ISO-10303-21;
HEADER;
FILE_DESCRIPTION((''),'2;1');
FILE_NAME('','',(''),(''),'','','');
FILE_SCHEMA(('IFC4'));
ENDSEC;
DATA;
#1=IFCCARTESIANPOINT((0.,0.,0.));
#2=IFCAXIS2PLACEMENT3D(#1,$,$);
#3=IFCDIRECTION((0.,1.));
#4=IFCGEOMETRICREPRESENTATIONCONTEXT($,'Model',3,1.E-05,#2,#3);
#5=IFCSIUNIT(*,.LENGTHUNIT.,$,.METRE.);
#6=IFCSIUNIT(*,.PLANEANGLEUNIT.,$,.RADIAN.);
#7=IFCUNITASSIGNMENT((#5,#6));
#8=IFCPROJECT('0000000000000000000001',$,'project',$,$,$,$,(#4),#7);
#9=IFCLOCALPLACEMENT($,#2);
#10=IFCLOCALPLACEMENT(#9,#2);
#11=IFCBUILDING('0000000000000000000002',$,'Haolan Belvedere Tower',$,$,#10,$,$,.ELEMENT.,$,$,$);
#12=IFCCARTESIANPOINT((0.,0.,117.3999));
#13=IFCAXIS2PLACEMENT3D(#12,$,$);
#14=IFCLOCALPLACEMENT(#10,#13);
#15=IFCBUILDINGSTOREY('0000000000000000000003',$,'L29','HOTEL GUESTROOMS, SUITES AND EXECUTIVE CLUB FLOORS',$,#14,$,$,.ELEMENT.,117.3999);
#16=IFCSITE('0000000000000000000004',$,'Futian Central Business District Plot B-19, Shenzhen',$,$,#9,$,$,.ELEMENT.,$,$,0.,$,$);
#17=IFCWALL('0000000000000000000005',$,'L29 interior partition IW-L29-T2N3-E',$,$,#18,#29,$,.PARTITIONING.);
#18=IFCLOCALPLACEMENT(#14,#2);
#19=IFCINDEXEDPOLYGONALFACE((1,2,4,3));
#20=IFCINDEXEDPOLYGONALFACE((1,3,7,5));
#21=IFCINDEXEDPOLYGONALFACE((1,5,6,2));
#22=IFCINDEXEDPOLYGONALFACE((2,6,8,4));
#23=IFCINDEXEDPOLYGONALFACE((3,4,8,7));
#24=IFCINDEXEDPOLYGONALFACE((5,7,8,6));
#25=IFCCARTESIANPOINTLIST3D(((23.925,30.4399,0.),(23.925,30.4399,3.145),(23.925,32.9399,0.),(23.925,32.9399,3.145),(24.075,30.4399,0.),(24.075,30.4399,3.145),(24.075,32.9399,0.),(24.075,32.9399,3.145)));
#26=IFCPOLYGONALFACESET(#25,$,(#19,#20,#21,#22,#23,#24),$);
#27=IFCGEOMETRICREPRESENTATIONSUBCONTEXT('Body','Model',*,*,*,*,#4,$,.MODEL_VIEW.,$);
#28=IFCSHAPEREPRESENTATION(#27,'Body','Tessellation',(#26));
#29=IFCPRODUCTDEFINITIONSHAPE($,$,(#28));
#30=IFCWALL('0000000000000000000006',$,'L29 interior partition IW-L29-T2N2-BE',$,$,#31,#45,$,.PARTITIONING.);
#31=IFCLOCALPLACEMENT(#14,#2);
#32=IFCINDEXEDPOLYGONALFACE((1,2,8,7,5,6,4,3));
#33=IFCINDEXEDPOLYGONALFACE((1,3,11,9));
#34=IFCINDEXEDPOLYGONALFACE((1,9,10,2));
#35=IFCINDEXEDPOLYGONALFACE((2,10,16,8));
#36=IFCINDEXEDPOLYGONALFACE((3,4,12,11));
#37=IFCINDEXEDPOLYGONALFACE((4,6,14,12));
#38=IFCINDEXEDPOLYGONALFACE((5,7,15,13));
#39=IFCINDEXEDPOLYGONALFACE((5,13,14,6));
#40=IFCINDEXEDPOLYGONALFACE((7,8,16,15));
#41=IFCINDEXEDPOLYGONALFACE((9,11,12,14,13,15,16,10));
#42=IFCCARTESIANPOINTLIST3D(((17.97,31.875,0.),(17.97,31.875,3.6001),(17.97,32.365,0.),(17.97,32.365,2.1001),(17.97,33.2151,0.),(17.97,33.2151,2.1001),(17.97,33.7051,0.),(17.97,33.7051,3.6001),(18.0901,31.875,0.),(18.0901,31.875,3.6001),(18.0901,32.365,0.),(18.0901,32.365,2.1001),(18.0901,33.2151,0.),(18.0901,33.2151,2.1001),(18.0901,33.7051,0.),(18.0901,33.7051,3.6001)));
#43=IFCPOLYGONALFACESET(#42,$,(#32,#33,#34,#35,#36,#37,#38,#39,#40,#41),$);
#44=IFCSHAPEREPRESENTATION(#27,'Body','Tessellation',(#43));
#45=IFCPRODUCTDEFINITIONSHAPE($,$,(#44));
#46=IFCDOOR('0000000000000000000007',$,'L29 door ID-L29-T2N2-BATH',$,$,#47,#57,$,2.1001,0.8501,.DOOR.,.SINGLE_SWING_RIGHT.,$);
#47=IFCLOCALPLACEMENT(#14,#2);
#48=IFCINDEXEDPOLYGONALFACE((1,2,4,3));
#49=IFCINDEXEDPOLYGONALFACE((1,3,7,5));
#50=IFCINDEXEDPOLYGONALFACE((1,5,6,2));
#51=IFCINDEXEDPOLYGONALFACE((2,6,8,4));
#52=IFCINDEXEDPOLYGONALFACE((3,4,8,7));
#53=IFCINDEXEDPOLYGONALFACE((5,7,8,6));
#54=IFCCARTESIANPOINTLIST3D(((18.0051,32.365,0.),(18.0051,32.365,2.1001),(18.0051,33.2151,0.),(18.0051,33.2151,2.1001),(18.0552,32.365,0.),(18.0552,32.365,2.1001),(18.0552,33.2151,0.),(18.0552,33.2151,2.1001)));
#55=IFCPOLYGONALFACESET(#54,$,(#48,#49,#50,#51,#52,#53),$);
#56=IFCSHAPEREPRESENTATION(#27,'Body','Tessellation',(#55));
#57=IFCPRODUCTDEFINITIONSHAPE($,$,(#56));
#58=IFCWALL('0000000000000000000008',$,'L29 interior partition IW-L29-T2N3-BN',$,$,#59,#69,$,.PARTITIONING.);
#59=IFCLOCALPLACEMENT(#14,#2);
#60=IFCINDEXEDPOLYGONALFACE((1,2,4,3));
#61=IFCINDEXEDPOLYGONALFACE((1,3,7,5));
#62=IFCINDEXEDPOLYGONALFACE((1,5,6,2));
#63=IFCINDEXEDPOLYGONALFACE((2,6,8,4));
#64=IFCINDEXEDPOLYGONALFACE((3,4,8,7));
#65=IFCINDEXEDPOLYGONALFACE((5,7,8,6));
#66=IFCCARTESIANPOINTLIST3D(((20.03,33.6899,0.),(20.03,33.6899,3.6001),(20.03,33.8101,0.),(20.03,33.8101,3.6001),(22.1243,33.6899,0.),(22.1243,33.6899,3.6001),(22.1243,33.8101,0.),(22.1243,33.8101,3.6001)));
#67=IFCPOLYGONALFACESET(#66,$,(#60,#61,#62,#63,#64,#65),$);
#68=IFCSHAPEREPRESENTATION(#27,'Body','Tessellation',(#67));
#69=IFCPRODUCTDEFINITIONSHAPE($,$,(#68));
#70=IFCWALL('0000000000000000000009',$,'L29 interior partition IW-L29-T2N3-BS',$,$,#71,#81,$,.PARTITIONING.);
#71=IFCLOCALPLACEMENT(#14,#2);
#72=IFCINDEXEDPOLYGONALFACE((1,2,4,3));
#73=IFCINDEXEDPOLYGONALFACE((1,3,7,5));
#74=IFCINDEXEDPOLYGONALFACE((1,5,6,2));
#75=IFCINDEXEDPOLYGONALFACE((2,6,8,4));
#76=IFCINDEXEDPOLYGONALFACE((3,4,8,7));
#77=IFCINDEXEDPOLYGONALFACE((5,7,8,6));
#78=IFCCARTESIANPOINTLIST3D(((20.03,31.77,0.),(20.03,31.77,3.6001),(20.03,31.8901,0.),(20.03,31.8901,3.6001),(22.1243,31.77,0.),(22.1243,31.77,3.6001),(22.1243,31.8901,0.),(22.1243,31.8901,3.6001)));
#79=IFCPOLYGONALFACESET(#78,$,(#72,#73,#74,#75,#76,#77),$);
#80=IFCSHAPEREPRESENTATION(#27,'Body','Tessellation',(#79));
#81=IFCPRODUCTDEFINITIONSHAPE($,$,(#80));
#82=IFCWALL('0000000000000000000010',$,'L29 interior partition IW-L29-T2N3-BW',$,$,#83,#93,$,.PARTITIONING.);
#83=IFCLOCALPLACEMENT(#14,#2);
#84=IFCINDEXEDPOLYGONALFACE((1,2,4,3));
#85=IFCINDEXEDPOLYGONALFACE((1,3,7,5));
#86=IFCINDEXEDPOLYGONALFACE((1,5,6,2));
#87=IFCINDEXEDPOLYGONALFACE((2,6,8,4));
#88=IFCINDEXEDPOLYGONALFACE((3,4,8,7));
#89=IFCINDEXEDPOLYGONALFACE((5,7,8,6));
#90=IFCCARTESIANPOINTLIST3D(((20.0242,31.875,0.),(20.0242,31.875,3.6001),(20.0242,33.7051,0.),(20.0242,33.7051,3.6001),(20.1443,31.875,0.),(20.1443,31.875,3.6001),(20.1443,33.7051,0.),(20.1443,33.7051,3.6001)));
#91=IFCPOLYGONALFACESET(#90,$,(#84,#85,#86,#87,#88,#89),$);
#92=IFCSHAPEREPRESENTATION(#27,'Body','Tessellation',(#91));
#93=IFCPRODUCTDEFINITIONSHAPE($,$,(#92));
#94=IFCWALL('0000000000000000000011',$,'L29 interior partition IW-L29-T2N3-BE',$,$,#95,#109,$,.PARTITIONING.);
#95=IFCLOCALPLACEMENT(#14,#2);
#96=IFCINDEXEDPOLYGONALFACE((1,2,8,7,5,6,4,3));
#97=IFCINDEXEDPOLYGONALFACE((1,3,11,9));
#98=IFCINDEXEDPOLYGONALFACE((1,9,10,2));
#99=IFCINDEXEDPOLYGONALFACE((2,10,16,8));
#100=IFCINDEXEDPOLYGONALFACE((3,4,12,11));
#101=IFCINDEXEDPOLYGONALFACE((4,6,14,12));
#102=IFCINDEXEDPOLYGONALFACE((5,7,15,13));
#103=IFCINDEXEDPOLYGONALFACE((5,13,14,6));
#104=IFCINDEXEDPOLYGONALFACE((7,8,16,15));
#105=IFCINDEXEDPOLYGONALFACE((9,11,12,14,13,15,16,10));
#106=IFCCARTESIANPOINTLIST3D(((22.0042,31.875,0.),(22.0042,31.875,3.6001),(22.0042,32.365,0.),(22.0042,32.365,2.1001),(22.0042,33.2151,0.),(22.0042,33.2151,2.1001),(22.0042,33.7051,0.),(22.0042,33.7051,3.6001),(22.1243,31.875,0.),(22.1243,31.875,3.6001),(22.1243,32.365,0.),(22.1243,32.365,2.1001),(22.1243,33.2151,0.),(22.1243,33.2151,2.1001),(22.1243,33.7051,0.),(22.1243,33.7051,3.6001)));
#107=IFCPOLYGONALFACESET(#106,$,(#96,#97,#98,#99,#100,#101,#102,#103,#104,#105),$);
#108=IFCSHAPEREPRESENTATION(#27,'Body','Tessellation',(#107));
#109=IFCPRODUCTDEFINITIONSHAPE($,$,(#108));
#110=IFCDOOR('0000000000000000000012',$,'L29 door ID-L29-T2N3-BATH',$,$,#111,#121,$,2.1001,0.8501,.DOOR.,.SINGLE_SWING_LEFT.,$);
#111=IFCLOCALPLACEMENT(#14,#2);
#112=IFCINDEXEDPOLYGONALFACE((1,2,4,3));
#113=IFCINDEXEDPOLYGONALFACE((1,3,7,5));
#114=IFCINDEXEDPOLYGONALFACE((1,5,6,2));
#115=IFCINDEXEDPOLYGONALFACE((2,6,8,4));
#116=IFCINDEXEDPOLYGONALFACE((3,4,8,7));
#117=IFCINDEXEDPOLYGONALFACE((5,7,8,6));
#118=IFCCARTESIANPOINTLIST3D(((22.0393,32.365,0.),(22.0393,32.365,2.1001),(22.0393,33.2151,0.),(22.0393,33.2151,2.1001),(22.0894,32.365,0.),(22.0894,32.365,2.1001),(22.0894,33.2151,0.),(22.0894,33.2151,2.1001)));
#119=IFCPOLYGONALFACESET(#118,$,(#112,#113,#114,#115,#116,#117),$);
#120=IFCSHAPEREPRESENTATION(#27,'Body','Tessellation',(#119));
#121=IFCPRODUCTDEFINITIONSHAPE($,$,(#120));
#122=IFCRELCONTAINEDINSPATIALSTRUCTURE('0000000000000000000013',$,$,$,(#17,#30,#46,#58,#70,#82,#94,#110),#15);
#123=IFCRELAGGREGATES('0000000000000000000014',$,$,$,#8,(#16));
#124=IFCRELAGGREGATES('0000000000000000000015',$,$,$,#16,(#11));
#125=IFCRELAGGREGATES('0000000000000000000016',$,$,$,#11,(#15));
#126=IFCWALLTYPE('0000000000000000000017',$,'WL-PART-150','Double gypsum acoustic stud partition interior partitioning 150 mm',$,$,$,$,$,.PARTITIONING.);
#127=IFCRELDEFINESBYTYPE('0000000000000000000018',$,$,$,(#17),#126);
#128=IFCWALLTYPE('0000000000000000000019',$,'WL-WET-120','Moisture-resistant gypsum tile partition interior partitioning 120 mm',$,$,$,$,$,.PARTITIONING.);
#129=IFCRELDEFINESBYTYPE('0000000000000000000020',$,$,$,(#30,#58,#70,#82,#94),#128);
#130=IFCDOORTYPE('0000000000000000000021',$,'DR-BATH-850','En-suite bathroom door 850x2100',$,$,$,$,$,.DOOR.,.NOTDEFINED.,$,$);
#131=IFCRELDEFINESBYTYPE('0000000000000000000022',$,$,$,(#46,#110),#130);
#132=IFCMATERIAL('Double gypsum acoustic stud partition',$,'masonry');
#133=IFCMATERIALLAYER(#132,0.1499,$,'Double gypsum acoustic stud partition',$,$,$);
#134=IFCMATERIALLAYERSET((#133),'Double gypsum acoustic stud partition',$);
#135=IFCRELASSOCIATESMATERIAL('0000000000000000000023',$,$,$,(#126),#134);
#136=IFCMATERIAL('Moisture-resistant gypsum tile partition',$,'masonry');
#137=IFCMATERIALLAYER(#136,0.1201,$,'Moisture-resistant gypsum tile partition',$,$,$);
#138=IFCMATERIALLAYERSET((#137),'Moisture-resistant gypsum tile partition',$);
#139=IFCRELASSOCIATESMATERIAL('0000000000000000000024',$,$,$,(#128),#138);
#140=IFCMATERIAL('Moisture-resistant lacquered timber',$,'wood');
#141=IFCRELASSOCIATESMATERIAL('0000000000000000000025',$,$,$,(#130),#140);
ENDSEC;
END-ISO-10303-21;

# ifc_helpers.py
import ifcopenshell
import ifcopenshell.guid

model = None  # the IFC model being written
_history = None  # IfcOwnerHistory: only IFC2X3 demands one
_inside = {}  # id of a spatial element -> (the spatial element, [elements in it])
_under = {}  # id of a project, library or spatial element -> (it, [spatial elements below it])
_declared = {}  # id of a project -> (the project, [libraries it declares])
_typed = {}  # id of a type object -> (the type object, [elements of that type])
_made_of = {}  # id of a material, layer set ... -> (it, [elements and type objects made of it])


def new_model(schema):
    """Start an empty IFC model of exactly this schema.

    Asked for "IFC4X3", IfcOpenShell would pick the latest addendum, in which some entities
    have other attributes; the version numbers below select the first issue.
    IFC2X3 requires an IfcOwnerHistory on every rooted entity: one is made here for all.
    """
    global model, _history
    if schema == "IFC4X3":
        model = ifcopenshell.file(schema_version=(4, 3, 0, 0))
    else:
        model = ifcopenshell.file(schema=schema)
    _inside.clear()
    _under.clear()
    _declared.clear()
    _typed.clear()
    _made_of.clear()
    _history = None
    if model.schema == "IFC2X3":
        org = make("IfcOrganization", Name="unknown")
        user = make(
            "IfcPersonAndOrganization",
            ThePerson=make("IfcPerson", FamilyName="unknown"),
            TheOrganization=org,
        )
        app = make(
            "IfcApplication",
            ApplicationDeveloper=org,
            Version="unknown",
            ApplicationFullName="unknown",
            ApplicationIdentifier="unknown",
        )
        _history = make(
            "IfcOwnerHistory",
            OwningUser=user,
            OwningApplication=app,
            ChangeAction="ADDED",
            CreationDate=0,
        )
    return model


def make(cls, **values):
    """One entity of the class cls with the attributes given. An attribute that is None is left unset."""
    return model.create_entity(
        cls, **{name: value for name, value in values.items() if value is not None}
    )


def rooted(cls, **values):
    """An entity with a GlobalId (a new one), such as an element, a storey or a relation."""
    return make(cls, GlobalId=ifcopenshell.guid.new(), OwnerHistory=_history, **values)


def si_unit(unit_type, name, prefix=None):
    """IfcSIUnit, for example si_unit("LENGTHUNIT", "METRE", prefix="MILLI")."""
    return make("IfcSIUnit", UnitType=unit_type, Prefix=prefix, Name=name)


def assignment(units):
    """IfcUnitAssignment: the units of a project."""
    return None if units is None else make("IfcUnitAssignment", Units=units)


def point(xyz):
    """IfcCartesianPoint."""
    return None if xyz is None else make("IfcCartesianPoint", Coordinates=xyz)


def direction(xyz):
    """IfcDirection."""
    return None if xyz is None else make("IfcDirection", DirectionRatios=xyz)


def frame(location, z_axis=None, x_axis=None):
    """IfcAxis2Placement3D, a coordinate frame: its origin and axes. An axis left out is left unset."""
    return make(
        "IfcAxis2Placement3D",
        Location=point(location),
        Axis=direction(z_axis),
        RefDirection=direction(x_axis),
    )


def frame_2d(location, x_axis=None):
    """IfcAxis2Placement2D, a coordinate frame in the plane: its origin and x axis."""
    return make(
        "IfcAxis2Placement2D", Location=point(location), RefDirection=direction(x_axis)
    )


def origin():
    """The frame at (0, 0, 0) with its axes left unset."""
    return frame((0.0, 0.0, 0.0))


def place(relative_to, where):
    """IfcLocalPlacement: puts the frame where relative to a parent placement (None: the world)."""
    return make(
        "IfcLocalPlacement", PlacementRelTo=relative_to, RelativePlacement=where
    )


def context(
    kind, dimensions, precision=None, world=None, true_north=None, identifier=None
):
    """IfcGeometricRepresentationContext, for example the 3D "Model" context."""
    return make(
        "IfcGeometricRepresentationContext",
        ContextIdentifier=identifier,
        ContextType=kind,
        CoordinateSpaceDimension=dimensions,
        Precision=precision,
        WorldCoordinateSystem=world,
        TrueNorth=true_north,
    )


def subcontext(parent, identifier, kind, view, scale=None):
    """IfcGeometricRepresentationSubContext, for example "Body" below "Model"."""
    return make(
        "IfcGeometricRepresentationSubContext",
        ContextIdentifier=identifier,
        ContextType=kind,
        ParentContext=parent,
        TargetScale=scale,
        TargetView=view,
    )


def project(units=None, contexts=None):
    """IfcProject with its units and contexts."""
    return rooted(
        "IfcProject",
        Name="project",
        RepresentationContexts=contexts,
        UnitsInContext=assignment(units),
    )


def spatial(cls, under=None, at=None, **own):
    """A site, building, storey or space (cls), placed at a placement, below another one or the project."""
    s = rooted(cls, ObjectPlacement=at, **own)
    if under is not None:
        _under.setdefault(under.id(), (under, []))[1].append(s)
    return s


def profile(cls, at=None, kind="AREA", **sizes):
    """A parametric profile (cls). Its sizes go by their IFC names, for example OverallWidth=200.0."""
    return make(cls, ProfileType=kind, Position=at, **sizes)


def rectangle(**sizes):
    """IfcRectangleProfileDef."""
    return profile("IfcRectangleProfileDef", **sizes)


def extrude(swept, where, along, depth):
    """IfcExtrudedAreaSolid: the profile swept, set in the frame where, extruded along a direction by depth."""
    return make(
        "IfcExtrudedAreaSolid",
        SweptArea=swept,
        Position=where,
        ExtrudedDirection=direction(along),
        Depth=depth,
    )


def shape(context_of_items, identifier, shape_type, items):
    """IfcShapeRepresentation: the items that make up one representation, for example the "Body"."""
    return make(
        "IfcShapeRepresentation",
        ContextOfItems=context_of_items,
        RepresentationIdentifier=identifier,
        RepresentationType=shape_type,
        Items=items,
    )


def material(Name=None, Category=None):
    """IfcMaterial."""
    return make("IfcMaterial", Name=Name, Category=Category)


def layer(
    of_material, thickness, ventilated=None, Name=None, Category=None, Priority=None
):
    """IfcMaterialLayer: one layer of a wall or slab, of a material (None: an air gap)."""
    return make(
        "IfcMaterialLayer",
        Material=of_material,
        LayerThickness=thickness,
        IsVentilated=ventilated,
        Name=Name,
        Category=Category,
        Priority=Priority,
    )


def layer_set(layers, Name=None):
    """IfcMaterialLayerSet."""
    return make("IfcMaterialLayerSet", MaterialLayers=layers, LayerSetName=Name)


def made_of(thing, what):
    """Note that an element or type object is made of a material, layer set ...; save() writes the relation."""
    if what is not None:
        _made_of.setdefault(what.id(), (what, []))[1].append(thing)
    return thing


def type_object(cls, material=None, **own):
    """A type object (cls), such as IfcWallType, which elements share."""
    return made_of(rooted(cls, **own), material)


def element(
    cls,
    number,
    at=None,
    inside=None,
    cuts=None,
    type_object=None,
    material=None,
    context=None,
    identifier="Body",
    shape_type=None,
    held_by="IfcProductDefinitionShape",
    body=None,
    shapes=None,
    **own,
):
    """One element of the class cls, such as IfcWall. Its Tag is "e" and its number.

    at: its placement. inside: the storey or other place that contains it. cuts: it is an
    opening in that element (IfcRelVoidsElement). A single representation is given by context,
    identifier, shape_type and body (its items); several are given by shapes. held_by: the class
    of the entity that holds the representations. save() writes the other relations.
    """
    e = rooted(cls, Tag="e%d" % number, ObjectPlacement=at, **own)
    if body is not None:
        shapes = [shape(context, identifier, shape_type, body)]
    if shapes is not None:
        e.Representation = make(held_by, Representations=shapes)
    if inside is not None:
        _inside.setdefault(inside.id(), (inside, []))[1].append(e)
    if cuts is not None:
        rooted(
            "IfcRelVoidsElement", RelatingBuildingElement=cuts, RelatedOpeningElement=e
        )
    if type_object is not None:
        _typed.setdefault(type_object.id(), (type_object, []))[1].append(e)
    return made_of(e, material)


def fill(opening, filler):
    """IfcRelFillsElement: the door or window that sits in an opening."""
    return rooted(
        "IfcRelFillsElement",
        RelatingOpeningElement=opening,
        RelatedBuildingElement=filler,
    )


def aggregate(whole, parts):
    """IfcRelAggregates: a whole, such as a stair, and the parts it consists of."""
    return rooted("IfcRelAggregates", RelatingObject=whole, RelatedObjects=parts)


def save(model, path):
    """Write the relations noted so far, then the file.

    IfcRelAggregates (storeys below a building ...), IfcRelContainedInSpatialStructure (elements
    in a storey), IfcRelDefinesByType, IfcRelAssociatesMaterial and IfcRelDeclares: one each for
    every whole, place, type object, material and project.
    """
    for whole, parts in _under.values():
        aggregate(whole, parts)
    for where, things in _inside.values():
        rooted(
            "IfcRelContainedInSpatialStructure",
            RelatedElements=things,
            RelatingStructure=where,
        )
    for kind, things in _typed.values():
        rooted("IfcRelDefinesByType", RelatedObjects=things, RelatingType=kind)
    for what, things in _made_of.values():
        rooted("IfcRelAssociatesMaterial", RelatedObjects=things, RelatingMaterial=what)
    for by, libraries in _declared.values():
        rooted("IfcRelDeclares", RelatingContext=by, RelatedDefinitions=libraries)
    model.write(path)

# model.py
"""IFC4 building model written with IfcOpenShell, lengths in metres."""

from ifc_helpers import new_model, si_unit, direction, frame, frame_2d, origin, place, context, subcontext, project, spatial, rectangle, extrude, material, layer, layer_set, type_object, element, fill, save


model = new_model("IFC4")

# Units and contexts
model_context = context("Model", 3, precision=1e-05, world=origin(), true_north=direction((0.0, 1.0)))
body_context = subcontext(model_context, "Body", "Model", "MODEL_VIEW")
ifc_project = project(units=[si_unit("LENGTHUNIT", "METRE"), si_unit("PLANEANGLEUNIT", "RADIAN")], contexts=[model_context])

# Site, building, storey
site_placement = place(None, origin())
site = spatial("IfcSite", under=ifc_project, at=site_placement, Name="Futian Central Business District Plot B-19, Shenzhen", CompositionType="ELEMENT", RefElevation=0.0)
building_placement = place(site_placement, origin())
building = spatial("IfcBuilding", under=site, at=building_placement, Name="Haolan Belvedere Tower", CompositionType="ELEMENT")
storey_placement = place(building_placement, frame((0.0, 0.0, 117.3999)))
storey = spatial("IfcBuildingStorey", under=building, at=storey_placement, Name="L29", Description="HOTEL GUESTROOMS, SUITES AND EXECUTIVE CLUB FLOORS", CompositionType="ELEMENT", Elevation=117.3999)

# Shared definitions
ifc_material_1 = material(Name="Double gypsum acoustic stud partition", Category="masonry")
ifc_layer_1 = layer(ifc_material_1, 0.1499, Name="Double gypsum acoustic stud partition")
ifc_layer_set_1 = layer_set([ifc_layer_1], Name="Double gypsum acoustic stud partition")
wall_type_1 = type_object("IfcWallType", Name="WL-PART-150", Description="Double gypsum acoustic stud partition interior partitioning 150 mm", PredefinedType="PARTITIONING", material=ifc_layer_set_1)

# Wall
wall_1_placement = place(storey_placement, frame((24.0, 30.4399, 0.0), z_axis=(0.0, 0.0, 1.0), x_axis=(0.0, 1.0, 0.0)))
element("IfcWall", 1, at=wall_1_placement, inside=storey, type_object=wall_type_1, Name="L29 interior partition IW-L29-T2N3-E", PredefinedType="PARTITIONING", context=body_context, shape_type="SweptSolid", body=[
    extrude(rectangle(XDim=2.5, YDim=0.1499, at=frame_2d((1.25, 0.0))), origin(), (0.0, 0.0, 1.0), 3.145),
])

# Wall, opening, door
ifc_material_2 = material(Name="Moisture-resistant gypsum tile partition", Category="masonry")
ifc_layer_2 = layer(ifc_material_2, 0.1201, Name="Moisture-resistant gypsum tile partition")
ifc_layer_set_2 = layer_set([ifc_layer_2], Name="Moisture-resistant gypsum tile partition")
wall_type_2 = type_object("IfcWallType", Name="WL-WET-120", Description="Moisture-resistant gypsum tile partition interior partitioning 120 mm", PredefinedType="PARTITIONING", material=ifc_layer_set_2)
wall_2_placement = place(storey_placement, frame((18.03, 31.875, 0.0), z_axis=(0.0, 0.0, 1.0), x_axis=(0.0, 1.0, 0.0)))
wall_2 = element("IfcWall", 2, at=wall_2_placement, inside=storey, type_object=wall_type_2, Name="L29 interior partition IW-L29-T2N2-BE", PredefinedType="PARTITIONING", context=body_context, shape_type="SweptSolid", body=[
    extrude(rectangle(XDim=1.8301, YDim=0.1201, at=frame_2d((0.915, 0.0))), origin(), (0.0, 0.0, 1.0), 3.6001),
])
opening_1_placement = place(wall_2_placement, frame((0.49, 0.0, 0.0)))
opening_1 = element("IfcOpeningElement", 3, at=opening_1_placement, cuts=wall_2, PredefinedType="OPENING", context=body_context, shape_type="SweptSolid", body=[
    extrude(rectangle(XDim=0.8501, YDim=2.1001, at=frame_2d((0.425, 1.05))), frame((0.0, 0.0701, 0.0), z_axis=(0.0, -1.0, 0.0), x_axis=(1.0, 0.0, 0.0)), (0.0, 0.0, 1.0), 0.1401),
])
ifc_material_3 = material(Name="Moisture-resistant lacquered timber", Category="wood")
door_type_1 = type_object("IfcDoorType", Name="DR-BATH-850", Description="En-suite bathroom door 850x2100", OperationType="NOTDEFINED", PredefinedType="DOOR", material=ifc_material_3)
door_1_placement = place(opening_1_placement, origin())
door_1 = element("IfcDoor", 4, at=door_1_placement, inside=storey, type_object=door_type_1, Name="L29 door ID-L29-T2N2-BATH", OperationType="SINGLE_SWING_RIGHT", OverallHeight=2.1001, OverallWidth=0.8501, PredefinedType="DOOR", context=body_context, shape_type="SweptSolid", body=[
    extrude(rectangle(XDim=0.8501, YDim=2.1001, at=frame_2d((0.425, 1.05))), frame((0.0, 0.0249, 0.0), z_axis=(0.0, -1.0, 0.0), x_axis=(1.0, 0.0, 0.0)), (0.0, 0.0, 1.0), 0.05),
])
fill(opening_1, door_1)

# Walls
for number, where, z_axis, x_axis, name in (
    (5, (20.03, 33.75, 0.0), (0.0, 0.0, 1.0), (1.0, 0.0, 0.0), "L29 interior partition IW-L29-T2N3-BN"),
    (6, (20.03, 31.8301, 0.0), (0.0, 0.0, 1.0), (1.0, 0.0, 0.0), "L29 interior partition IW-L29-T2N3-BS"),
):
    element("IfcWall", number, at=place(storey_placement, frame(where, z_axis=z_axis, x_axis=x_axis)), inside=storey, type_object=wall_type_2, Name=name, PredefinedType="PARTITIONING", context=body_context, shape_type="SweptSolid", body=[
        extrude(rectangle(XDim=2.0942, YDim=0.1201, at=frame_2d((1.0471, 0.0))), origin(), (0.0, 0.0, 1.0), 3.6001),
    ])
wall_3_placement = place(storey_placement, frame((20.0842, 31.875, 0.0), z_axis=(0.0, 0.0, 1.0), x_axis=(0.0, 1.0, 0.0)))
element("IfcWall", 7, at=wall_3_placement, inside=storey, type_object=wall_type_2, Name="L29 interior partition IW-L29-T2N3-BW", PredefinedType="PARTITIONING", context=body_context, shape_type="SweptSolid", body=[
    extrude(rectangle(XDim=1.8301, YDim=0.1201, at=frame_2d((0.915, 0.0))), origin(), (0.0, 0.0, 1.0), 3.6001),
])

# Wall, opening, door
wall_4_placement = place(storey_placement, frame((22.0642, 31.875, 0.0), z_axis=(0.0, 0.0, 1.0), x_axis=(0.0, 1.0, 0.0)))
wall_4 = element("IfcWall", 8, at=wall_4_placement, inside=storey, type_object=wall_type_2, Name="L29 interior partition IW-L29-T2N3-BE", PredefinedType="PARTITIONING", context=body_context, shape_type="SweptSolid", body=[
    extrude(rectangle(XDim=1.8301, YDim=0.1201, at=frame_2d((0.915, 0.0))), origin(), (0.0, 0.0, 1.0), 3.6001),
])
opening_2_placement = place(wall_4_placement, frame((0.49, 0.0, 0.0)))
opening_2 = element("IfcOpeningElement", 9, at=opening_2_placement, cuts=wall_4, PredefinedType="OPENING", context=body_context, shape_type="SweptSolid", body=[
    extrude(rectangle(XDim=0.8501, YDim=2.1001, at=frame_2d((0.425, 1.05))), frame((0.0, 0.0701, 0.0), z_axis=(0.0, -1.0, 0.0), x_axis=(1.0, 0.0, 0.0)), (0.0, 0.0, 1.0), 0.1401),
])
door_2_placement = place(opening_2_placement, origin())
door_2 = element("IfcDoor", 10, at=door_2_placement, inside=storey, type_object=door_type_1, Name="L29 door ID-L29-T2N3-BATH", OperationType="SINGLE_SWING_LEFT", OverallHeight=2.1001, OverallWidth=0.8501, PredefinedType="DOOR", context=body_context, shape_type="SweptSolid", body=[
    extrude(rectangle(XDim=0.8501, YDim=2.1001, at=frame_2d((0.425, 1.05))), frame((0.0, 0.0249, 0.0), z_axis=(0.0, -1.0, 0.0), x_axis=(1.0, 0.0, 0.0)), (0.0, 0.0, 1.0), 0.05),
])
fill(opening_2, door_2)

save(model, "model.ifc")
